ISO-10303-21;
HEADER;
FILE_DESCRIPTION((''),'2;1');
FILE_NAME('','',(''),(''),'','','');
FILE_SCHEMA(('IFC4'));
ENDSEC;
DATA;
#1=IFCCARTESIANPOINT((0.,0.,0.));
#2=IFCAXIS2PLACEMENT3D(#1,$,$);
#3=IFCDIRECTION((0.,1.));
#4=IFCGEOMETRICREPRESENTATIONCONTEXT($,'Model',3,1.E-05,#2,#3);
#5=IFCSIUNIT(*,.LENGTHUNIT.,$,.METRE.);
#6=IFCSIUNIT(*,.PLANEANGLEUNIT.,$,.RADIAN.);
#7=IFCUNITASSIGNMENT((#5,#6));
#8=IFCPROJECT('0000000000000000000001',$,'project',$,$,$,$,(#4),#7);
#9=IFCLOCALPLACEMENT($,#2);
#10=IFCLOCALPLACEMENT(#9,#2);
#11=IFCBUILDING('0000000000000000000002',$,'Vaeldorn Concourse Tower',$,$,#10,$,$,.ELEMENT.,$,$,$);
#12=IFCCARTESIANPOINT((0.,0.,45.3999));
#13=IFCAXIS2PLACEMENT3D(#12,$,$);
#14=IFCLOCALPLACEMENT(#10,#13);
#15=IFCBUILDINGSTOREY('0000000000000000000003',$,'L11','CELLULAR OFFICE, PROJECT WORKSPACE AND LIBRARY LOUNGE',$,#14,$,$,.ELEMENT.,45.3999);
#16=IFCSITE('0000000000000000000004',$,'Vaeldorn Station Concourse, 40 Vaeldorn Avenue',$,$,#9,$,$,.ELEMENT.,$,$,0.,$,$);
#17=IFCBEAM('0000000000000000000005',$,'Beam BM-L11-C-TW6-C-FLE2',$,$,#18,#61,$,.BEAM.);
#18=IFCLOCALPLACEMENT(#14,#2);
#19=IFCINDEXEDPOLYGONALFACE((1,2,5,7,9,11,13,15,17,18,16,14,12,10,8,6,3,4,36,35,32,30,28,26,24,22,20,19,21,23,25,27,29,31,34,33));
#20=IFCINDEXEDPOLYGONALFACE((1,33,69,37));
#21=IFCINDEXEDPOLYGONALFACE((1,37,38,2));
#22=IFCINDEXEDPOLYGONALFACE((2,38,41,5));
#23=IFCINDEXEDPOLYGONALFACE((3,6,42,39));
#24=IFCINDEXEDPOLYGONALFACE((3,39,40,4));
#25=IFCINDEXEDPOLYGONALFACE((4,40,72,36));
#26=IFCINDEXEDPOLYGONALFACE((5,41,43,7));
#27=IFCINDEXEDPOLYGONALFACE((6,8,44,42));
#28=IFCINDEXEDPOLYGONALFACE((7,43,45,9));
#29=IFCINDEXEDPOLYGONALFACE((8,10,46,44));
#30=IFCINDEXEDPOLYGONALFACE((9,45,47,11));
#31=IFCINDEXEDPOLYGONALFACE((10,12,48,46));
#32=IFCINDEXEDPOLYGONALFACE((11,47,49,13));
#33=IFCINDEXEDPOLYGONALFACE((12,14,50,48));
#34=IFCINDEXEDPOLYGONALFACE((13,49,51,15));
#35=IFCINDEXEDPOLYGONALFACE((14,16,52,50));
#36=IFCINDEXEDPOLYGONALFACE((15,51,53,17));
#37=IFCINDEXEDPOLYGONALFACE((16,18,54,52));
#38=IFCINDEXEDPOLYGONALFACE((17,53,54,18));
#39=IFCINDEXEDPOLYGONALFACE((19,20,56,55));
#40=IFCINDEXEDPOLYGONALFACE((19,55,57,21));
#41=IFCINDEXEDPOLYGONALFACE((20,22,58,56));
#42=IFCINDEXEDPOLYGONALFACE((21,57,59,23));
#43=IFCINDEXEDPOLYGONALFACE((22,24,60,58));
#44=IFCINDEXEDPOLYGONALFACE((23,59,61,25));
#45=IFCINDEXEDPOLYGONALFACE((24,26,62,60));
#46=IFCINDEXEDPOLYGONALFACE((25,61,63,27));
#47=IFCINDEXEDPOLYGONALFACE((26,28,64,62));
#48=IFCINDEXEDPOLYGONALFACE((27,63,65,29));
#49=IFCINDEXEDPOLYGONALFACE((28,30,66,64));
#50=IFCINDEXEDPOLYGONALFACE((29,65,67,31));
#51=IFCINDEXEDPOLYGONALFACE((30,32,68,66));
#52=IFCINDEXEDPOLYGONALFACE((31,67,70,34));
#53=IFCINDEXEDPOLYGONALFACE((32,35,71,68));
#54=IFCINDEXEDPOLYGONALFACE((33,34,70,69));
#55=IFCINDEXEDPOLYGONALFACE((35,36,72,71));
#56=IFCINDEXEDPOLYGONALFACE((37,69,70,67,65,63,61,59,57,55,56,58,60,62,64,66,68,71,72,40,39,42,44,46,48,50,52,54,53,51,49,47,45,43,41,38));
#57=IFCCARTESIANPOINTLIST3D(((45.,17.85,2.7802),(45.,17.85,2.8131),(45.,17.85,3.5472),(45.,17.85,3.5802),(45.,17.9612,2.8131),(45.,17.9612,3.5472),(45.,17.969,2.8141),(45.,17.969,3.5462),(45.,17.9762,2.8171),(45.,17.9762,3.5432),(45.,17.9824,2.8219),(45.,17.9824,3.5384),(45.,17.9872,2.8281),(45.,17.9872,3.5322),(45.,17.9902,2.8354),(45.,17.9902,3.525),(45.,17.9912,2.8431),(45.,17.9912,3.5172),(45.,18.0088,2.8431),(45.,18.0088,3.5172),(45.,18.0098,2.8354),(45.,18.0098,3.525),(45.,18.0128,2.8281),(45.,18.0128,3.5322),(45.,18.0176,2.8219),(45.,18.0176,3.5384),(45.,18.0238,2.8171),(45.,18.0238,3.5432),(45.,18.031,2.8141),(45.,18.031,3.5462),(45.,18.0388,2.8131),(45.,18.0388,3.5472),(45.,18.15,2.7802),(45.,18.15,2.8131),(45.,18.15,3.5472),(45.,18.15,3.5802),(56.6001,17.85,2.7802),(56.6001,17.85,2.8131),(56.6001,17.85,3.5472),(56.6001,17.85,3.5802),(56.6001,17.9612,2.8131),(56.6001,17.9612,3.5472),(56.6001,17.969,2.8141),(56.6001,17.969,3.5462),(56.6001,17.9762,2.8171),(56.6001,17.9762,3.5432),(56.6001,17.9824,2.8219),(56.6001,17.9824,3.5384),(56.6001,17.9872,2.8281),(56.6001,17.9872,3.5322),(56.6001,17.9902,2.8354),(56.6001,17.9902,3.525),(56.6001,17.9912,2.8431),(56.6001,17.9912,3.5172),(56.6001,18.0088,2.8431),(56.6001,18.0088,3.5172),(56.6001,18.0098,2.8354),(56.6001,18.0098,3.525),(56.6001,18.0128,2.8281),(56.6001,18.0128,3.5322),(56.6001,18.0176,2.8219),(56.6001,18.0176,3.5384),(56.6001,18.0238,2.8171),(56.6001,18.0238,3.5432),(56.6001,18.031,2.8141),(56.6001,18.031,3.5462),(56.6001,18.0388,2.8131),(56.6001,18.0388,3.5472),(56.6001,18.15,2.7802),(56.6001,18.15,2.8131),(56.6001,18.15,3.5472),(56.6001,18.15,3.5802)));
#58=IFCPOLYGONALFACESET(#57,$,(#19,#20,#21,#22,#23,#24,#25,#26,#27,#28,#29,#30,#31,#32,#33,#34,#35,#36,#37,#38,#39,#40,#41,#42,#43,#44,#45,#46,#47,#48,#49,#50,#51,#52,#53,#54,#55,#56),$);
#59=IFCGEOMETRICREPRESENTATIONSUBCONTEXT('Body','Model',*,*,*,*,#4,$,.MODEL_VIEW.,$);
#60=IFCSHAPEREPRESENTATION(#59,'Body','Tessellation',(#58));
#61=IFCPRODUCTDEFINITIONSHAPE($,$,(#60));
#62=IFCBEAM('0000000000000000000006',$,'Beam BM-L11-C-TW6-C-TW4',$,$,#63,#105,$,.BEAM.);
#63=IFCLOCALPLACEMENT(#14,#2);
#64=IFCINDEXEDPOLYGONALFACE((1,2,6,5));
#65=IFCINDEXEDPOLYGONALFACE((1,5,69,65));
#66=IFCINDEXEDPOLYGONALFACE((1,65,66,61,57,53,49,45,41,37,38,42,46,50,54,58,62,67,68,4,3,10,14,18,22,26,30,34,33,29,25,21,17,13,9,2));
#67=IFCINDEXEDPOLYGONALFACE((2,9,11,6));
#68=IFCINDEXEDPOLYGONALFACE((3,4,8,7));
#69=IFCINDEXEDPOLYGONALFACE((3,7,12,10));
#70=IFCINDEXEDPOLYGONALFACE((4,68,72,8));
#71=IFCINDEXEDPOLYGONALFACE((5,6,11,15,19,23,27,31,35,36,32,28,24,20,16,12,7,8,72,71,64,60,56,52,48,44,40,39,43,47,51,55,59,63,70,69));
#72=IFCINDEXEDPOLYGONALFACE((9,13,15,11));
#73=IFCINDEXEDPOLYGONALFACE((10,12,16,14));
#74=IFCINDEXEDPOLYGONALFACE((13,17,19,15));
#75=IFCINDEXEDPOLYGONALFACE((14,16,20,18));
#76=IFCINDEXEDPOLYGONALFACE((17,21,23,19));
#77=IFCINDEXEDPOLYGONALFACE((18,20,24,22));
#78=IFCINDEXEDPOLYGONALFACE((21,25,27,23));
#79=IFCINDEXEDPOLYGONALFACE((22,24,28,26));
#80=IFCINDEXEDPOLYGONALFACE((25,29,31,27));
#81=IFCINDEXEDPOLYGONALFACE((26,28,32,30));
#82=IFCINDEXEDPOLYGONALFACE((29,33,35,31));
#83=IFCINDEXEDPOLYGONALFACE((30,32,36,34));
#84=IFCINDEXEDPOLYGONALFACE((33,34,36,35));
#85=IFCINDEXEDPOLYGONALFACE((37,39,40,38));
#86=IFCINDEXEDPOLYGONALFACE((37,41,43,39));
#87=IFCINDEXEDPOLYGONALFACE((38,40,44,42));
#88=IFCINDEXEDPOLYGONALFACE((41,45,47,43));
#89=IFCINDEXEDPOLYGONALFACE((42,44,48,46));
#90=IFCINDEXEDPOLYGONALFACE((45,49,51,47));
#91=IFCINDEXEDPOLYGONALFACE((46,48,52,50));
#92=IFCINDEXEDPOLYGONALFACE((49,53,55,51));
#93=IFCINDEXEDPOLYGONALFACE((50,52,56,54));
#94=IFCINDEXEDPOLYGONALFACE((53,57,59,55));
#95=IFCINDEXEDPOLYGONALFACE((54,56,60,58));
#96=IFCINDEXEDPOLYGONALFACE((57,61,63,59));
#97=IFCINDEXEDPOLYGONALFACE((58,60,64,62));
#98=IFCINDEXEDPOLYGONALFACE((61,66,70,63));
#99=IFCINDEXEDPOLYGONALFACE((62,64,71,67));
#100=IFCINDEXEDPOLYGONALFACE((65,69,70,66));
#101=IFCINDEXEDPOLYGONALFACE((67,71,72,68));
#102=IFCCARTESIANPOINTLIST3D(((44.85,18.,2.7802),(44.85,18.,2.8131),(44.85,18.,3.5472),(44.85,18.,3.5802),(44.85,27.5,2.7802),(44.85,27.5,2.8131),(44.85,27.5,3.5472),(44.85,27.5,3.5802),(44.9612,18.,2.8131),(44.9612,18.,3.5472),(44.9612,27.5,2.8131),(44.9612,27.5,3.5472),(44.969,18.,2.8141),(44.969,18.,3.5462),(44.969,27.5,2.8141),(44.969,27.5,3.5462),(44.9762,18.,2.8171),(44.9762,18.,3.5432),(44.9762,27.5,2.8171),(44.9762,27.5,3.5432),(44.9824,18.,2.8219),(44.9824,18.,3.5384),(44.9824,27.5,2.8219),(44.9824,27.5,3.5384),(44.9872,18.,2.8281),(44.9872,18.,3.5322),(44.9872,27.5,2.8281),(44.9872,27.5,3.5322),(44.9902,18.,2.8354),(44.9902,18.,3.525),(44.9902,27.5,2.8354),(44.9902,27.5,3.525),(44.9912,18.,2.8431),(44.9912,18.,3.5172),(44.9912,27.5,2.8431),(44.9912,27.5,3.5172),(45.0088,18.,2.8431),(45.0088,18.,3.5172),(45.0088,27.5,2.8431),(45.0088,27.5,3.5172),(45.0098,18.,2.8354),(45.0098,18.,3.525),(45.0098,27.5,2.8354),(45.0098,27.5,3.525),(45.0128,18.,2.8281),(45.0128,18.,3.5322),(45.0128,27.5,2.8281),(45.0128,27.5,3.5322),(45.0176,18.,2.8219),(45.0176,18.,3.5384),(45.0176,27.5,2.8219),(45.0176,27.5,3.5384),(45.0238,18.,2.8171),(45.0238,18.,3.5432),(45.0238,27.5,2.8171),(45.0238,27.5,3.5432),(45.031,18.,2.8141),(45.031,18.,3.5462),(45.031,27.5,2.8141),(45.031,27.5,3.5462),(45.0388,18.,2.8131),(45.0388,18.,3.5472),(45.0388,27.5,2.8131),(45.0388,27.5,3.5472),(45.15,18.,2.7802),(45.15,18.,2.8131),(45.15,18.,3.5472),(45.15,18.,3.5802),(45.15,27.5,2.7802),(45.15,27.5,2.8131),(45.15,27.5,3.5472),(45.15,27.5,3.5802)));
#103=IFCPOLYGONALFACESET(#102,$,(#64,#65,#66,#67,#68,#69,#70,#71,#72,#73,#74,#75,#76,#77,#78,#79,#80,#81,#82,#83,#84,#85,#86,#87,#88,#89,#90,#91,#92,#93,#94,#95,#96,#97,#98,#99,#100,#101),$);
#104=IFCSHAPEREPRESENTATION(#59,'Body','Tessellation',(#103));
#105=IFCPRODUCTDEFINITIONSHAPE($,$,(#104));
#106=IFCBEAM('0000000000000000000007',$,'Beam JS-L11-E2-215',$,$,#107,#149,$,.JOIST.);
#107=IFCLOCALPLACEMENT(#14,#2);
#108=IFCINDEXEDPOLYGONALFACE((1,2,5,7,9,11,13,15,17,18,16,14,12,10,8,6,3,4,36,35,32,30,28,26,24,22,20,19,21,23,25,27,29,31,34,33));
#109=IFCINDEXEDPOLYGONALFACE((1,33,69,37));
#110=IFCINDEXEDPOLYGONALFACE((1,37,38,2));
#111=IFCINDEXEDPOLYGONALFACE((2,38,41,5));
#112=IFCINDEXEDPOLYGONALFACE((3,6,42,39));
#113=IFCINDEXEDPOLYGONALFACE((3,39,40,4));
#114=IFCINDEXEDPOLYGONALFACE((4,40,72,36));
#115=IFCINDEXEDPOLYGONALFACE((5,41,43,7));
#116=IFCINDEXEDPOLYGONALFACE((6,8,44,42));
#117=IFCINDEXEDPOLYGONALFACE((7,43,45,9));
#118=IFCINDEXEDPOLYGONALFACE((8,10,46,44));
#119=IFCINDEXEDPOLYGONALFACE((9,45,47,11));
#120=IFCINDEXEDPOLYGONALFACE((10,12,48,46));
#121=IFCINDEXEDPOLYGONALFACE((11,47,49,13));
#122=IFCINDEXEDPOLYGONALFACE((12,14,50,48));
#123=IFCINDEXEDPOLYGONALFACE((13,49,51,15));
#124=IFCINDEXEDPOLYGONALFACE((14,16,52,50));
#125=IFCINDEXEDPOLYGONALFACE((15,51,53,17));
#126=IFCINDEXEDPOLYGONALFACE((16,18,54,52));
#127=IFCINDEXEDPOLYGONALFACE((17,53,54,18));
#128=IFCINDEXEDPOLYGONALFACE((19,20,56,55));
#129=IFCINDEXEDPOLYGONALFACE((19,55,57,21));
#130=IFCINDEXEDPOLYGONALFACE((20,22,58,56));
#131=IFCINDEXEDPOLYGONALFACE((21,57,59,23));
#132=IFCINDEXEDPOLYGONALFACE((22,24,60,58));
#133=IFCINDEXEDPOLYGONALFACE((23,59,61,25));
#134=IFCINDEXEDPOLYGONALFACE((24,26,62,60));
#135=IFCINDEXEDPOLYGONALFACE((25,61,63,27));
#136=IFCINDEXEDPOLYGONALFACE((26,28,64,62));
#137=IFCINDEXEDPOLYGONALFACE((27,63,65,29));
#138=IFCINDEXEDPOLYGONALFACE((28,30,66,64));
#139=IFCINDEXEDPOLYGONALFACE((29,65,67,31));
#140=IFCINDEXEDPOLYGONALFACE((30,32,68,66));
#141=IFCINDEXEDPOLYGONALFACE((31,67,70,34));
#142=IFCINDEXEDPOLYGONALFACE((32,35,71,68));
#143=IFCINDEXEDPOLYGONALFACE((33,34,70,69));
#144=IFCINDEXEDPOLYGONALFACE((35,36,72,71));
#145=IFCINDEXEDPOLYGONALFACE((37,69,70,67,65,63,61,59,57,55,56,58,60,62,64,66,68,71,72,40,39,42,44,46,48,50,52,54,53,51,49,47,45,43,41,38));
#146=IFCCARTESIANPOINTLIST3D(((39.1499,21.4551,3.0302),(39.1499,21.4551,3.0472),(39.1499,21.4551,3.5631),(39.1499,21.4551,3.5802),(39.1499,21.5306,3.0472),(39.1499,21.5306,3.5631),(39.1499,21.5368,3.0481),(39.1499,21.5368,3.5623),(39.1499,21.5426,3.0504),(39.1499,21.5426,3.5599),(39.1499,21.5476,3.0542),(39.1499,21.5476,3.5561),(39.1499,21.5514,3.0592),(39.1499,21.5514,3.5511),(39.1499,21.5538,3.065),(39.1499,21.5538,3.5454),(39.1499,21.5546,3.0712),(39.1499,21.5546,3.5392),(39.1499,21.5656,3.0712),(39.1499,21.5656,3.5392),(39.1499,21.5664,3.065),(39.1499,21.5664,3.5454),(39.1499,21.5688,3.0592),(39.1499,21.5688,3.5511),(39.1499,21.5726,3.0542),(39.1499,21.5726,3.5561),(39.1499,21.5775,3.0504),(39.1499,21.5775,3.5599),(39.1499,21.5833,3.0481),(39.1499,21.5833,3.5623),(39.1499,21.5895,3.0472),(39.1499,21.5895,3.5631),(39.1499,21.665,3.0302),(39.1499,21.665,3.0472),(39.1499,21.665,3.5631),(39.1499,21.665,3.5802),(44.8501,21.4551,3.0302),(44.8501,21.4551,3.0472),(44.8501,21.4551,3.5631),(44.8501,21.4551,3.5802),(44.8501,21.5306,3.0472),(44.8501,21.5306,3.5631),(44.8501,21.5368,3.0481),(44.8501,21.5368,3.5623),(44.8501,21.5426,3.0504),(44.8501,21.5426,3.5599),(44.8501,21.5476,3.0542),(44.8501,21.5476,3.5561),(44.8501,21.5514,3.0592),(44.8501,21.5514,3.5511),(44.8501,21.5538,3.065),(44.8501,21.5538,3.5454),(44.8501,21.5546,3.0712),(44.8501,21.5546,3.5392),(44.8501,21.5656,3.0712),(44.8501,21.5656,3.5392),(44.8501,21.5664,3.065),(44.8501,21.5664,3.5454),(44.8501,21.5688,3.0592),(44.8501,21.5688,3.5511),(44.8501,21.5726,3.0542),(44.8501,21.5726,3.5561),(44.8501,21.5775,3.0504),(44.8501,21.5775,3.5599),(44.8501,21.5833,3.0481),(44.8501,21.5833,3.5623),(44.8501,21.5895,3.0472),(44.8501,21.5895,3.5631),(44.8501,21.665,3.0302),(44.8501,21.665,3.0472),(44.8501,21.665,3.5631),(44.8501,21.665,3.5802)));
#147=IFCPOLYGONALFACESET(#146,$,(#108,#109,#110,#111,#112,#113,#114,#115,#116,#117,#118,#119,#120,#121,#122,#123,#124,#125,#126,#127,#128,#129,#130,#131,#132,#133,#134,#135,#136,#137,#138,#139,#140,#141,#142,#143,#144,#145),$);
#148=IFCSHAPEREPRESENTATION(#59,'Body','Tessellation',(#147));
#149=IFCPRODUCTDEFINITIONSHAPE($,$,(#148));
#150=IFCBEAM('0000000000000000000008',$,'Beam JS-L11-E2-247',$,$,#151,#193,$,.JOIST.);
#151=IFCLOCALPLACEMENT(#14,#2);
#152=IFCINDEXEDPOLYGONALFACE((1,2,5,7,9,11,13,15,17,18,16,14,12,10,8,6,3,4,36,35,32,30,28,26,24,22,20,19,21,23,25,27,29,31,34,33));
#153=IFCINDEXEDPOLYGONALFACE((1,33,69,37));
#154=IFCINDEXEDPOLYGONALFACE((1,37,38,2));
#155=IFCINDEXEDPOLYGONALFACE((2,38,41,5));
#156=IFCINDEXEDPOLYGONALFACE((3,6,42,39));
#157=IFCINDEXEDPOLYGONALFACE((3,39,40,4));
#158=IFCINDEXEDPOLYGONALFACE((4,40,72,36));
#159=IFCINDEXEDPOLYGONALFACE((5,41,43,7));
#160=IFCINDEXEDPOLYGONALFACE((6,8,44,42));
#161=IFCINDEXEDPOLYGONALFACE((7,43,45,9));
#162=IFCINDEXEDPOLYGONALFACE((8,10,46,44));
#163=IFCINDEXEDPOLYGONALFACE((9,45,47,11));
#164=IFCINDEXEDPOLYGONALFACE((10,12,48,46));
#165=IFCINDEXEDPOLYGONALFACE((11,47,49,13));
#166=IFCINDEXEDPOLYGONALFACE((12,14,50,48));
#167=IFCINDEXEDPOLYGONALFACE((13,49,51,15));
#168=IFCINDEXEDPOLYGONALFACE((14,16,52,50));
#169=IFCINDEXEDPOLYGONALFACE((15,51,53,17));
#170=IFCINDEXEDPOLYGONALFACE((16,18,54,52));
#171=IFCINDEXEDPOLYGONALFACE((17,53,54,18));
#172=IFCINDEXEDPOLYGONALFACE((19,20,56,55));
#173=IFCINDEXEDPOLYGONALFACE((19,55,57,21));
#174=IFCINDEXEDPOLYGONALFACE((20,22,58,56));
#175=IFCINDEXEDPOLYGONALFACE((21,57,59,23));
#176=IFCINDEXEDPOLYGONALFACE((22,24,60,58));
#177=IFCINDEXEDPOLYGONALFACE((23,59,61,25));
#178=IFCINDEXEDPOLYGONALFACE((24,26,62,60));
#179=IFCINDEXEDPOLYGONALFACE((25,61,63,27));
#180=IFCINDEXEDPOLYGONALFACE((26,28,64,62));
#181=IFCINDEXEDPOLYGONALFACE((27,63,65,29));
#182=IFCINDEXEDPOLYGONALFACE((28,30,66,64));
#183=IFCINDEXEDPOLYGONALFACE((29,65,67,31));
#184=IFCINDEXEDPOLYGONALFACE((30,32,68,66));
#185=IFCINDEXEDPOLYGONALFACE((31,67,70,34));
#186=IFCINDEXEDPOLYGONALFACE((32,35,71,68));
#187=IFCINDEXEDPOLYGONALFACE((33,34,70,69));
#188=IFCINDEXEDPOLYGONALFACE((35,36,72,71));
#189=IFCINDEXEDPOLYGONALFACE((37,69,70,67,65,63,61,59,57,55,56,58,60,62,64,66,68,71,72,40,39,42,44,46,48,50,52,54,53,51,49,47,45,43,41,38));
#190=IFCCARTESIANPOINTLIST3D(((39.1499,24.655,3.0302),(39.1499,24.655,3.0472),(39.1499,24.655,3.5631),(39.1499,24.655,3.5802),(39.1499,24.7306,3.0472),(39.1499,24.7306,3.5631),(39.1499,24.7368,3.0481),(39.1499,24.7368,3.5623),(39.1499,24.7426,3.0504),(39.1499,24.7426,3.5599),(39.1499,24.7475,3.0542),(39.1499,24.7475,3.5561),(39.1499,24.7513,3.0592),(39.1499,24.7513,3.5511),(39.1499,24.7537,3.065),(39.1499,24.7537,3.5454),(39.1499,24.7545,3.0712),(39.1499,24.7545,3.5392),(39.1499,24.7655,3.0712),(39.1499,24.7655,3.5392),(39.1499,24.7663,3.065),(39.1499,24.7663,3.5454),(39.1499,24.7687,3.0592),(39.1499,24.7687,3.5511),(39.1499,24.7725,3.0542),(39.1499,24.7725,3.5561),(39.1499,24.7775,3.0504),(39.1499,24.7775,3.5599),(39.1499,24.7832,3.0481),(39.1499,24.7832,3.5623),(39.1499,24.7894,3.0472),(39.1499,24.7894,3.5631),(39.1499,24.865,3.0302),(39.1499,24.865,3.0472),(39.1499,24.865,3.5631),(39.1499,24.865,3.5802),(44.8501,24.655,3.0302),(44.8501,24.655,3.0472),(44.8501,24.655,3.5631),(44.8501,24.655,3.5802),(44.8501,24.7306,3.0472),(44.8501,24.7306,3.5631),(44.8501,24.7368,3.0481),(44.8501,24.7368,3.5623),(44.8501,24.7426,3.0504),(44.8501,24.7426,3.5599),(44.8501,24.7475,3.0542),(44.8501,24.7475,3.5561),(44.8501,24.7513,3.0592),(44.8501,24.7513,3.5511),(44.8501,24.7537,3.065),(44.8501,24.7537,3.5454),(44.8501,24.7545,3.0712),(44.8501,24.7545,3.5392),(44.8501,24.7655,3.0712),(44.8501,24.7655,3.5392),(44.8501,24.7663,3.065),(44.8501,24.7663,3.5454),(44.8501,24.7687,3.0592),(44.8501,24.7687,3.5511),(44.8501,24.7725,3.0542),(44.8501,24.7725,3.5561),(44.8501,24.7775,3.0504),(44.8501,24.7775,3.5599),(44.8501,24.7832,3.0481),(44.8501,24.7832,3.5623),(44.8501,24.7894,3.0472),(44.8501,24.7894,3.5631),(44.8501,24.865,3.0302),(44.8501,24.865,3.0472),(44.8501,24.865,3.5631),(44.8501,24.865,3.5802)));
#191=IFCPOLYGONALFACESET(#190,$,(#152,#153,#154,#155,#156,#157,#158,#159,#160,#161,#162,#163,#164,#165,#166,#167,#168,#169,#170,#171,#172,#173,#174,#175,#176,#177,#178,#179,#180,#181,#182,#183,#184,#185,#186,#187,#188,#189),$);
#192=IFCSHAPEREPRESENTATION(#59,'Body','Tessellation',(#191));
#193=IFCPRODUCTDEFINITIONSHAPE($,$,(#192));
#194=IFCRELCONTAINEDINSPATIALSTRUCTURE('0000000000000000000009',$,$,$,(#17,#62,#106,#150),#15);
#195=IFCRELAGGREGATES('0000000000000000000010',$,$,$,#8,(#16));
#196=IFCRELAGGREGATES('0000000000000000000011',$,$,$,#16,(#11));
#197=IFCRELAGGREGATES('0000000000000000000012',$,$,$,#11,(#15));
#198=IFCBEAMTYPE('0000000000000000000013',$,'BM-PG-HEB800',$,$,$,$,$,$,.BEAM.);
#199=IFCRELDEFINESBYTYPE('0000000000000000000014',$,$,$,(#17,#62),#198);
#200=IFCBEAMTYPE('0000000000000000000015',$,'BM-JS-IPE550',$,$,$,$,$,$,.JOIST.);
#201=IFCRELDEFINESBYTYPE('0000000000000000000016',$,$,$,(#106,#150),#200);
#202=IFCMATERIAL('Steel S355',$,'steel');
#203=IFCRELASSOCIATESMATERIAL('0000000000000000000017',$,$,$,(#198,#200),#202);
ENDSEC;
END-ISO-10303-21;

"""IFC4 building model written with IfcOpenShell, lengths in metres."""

from ifc_helpers import new_model, si_unit, direction, frame, origin, origin_2d, place, context, subcontext, project, spatial, i_section, extrude, source, transform, mapped, material, material_profile, profile_set, type_object, element, save


model = new_model("IFC4")

# Units and contexts
model_context = context("Model", 3, precision=1e-05, world=origin(), true_north=direction((0.0, 1.0)))
body_context = subcontext(model_context, "Body", "Model", "MODEL_VIEW")
ifc_project = project(units=[si_unit("LENGTHUNIT", "METRE"), si_unit("PLANEANGLEUNIT", "RADIAN")], contexts=[model_context])

# Site, building, storey
site_placement = place(None, origin())
site = spatial("IfcSite", under=ifc_project, at=site_placement, Name="Vaeldorn Station Concourse, 40 Vaeldorn Avenue", CompositionType="ELEMENT", RefElevation=0.0)
building_placement = place(site_placement, origin())
building = spatial("IfcBuilding", under=site, at=building_placement, Name="Vaeldorn Concourse Tower", CompositionType="ELEMENT")
storey_placement = place(building_placement, frame((0.0, 0.0, 45.3999)))
storey = spatial("IfcBuildingStorey", under=building, at=storey_placement, Name="L11", Description="CELLULAR OFFICE, PROJECT WORKSPACE AND LIBRARY LOUNGE", CompositionType="ELEMENT", Elevation=45.3999)

# Beams
ifc_material_1 = material(Name="Steel S355", Category="steel")
ifc_material_profile_1 = material_profile(ifc_material_1, i_section(OverallWidth=0.3, OverallDepth=0.8, WebThickness=0.0176, FlangeThickness=0.033, FilletRadius=0.03, at=origin_2d()), Name="HEB 800")
ifc_profile_set_1 = profile_set([ifc_material_profile_1], Name="Steel S355")
beam_type_1 = type_object("IfcBeamType", Name="BM-PG-HEB800", PredefinedType="BEAM", material=ifc_profile_set_1)
shared_shape_1 = source(origin(), body_context, "Body", "SweptSolid", [
    extrude(i_section(OverallWidth=0.3, OverallDepth=0.8, WebThickness=0.0176, FlangeThickness=0.033, FilletRadius=0.03, at=origin_2d()), origin(), (0.0, 0.0, 1.0), 11.6001),
])
beam_1_placement = place(storey_placement, frame((45.0, 18.0, 3.1802), z_axis=(1.0, 0.0, 0.0), x_axis=(0.0, 1.0, 0.0)))
element("IfcBeam", 1, at=beam_1_placement, inside=storey, type_object=beam_type_1, Name="Beam BM-L11-C-TW6-C-FLE2", PredefinedType="BEAM", context=body_context, shape_type="MappedRepresentation", body=[
    mapped(shared_shape_1, transform((0.0, 0.0, 0.0), scale=1.0)),
])
shared_shape_2 = source(origin(), body_context, "Body", "SweptSolid", [
    extrude(i_section(OverallWidth=0.3, OverallDepth=0.8, WebThickness=0.0176, FlangeThickness=0.033, FilletRadius=0.03, at=origin_2d()), origin(), (0.0, 0.0, 1.0), 9.5),
])
beam_2_placement = place(storey_placement, frame((45.0, 18.0, 3.1802), z_axis=(0.0, 1.0, 0.0), x_axis=(-1.0, 0.0, 0.0)))
element("IfcBeam", 2, at=beam_2_placement, inside=storey, type_object=beam_type_1, Name="Beam BM-L11-C-TW6-C-TW4", PredefinedType="BEAM", context=body_context, shape_type="MappedRepresentation", body=[
    mapped(shared_shape_2, transform((0.0, 0.0, 0.0), scale=1.0)),
])
ifc_material_profile_2 = material_profile(ifc_material_1, i_section(OverallWidth=0.21, OverallDepth=0.55, WebThickness=0.011, FlangeThickness=0.0171, FilletRadius=0.0239, at=origin_2d()), Name="IPE 550")
ifc_profile_set_2 = profile_set([ifc_material_profile_2], Name="Steel S355")
beam_type_2 = type_object("IfcBeamType", Name="BM-JS-IPE550", PredefinedType="JOIST", material=ifc_profile_set_2)
shared_shape_3 = source(origin(), body_context, "Body", "SweptSolid", [
    extrude(i_section(OverallWidth=0.21, OverallDepth=0.55, WebThickness=0.011, FlangeThickness=0.0171, FilletRadius=0.0239, at=origin_2d()), origin(), (0.0, 0.0, 1.0), 5.7002),
])
for number, where, z_axis, x_axis, name in (
    (3, (39.1499, 21.5601, 3.3052), (1.0, 0.0, 0.0), (0.0, 1.0, 0.0), "Beam JS-L11-E2-215"),
    (4, (39.1499, 24.76, 3.3052), (1.0, 0.0, 0.0), (0.0, 1.0, 0.0), "Beam JS-L11-E2-247"),
):
    element("IfcBeam", number, at=place(storey_placement, frame(where, z_axis=z_axis, x_axis=x_axis)), inside=storey, type_object=beam_type_2, Name=name, PredefinedType="JOIST", context=body_context, shape_type="MappedRepresentation", body=[
        mapped(shared_shape_3, transform((0.0, 0.0, 0.0), scale=1.0)),
    ])

save(model, "model.ifc")
